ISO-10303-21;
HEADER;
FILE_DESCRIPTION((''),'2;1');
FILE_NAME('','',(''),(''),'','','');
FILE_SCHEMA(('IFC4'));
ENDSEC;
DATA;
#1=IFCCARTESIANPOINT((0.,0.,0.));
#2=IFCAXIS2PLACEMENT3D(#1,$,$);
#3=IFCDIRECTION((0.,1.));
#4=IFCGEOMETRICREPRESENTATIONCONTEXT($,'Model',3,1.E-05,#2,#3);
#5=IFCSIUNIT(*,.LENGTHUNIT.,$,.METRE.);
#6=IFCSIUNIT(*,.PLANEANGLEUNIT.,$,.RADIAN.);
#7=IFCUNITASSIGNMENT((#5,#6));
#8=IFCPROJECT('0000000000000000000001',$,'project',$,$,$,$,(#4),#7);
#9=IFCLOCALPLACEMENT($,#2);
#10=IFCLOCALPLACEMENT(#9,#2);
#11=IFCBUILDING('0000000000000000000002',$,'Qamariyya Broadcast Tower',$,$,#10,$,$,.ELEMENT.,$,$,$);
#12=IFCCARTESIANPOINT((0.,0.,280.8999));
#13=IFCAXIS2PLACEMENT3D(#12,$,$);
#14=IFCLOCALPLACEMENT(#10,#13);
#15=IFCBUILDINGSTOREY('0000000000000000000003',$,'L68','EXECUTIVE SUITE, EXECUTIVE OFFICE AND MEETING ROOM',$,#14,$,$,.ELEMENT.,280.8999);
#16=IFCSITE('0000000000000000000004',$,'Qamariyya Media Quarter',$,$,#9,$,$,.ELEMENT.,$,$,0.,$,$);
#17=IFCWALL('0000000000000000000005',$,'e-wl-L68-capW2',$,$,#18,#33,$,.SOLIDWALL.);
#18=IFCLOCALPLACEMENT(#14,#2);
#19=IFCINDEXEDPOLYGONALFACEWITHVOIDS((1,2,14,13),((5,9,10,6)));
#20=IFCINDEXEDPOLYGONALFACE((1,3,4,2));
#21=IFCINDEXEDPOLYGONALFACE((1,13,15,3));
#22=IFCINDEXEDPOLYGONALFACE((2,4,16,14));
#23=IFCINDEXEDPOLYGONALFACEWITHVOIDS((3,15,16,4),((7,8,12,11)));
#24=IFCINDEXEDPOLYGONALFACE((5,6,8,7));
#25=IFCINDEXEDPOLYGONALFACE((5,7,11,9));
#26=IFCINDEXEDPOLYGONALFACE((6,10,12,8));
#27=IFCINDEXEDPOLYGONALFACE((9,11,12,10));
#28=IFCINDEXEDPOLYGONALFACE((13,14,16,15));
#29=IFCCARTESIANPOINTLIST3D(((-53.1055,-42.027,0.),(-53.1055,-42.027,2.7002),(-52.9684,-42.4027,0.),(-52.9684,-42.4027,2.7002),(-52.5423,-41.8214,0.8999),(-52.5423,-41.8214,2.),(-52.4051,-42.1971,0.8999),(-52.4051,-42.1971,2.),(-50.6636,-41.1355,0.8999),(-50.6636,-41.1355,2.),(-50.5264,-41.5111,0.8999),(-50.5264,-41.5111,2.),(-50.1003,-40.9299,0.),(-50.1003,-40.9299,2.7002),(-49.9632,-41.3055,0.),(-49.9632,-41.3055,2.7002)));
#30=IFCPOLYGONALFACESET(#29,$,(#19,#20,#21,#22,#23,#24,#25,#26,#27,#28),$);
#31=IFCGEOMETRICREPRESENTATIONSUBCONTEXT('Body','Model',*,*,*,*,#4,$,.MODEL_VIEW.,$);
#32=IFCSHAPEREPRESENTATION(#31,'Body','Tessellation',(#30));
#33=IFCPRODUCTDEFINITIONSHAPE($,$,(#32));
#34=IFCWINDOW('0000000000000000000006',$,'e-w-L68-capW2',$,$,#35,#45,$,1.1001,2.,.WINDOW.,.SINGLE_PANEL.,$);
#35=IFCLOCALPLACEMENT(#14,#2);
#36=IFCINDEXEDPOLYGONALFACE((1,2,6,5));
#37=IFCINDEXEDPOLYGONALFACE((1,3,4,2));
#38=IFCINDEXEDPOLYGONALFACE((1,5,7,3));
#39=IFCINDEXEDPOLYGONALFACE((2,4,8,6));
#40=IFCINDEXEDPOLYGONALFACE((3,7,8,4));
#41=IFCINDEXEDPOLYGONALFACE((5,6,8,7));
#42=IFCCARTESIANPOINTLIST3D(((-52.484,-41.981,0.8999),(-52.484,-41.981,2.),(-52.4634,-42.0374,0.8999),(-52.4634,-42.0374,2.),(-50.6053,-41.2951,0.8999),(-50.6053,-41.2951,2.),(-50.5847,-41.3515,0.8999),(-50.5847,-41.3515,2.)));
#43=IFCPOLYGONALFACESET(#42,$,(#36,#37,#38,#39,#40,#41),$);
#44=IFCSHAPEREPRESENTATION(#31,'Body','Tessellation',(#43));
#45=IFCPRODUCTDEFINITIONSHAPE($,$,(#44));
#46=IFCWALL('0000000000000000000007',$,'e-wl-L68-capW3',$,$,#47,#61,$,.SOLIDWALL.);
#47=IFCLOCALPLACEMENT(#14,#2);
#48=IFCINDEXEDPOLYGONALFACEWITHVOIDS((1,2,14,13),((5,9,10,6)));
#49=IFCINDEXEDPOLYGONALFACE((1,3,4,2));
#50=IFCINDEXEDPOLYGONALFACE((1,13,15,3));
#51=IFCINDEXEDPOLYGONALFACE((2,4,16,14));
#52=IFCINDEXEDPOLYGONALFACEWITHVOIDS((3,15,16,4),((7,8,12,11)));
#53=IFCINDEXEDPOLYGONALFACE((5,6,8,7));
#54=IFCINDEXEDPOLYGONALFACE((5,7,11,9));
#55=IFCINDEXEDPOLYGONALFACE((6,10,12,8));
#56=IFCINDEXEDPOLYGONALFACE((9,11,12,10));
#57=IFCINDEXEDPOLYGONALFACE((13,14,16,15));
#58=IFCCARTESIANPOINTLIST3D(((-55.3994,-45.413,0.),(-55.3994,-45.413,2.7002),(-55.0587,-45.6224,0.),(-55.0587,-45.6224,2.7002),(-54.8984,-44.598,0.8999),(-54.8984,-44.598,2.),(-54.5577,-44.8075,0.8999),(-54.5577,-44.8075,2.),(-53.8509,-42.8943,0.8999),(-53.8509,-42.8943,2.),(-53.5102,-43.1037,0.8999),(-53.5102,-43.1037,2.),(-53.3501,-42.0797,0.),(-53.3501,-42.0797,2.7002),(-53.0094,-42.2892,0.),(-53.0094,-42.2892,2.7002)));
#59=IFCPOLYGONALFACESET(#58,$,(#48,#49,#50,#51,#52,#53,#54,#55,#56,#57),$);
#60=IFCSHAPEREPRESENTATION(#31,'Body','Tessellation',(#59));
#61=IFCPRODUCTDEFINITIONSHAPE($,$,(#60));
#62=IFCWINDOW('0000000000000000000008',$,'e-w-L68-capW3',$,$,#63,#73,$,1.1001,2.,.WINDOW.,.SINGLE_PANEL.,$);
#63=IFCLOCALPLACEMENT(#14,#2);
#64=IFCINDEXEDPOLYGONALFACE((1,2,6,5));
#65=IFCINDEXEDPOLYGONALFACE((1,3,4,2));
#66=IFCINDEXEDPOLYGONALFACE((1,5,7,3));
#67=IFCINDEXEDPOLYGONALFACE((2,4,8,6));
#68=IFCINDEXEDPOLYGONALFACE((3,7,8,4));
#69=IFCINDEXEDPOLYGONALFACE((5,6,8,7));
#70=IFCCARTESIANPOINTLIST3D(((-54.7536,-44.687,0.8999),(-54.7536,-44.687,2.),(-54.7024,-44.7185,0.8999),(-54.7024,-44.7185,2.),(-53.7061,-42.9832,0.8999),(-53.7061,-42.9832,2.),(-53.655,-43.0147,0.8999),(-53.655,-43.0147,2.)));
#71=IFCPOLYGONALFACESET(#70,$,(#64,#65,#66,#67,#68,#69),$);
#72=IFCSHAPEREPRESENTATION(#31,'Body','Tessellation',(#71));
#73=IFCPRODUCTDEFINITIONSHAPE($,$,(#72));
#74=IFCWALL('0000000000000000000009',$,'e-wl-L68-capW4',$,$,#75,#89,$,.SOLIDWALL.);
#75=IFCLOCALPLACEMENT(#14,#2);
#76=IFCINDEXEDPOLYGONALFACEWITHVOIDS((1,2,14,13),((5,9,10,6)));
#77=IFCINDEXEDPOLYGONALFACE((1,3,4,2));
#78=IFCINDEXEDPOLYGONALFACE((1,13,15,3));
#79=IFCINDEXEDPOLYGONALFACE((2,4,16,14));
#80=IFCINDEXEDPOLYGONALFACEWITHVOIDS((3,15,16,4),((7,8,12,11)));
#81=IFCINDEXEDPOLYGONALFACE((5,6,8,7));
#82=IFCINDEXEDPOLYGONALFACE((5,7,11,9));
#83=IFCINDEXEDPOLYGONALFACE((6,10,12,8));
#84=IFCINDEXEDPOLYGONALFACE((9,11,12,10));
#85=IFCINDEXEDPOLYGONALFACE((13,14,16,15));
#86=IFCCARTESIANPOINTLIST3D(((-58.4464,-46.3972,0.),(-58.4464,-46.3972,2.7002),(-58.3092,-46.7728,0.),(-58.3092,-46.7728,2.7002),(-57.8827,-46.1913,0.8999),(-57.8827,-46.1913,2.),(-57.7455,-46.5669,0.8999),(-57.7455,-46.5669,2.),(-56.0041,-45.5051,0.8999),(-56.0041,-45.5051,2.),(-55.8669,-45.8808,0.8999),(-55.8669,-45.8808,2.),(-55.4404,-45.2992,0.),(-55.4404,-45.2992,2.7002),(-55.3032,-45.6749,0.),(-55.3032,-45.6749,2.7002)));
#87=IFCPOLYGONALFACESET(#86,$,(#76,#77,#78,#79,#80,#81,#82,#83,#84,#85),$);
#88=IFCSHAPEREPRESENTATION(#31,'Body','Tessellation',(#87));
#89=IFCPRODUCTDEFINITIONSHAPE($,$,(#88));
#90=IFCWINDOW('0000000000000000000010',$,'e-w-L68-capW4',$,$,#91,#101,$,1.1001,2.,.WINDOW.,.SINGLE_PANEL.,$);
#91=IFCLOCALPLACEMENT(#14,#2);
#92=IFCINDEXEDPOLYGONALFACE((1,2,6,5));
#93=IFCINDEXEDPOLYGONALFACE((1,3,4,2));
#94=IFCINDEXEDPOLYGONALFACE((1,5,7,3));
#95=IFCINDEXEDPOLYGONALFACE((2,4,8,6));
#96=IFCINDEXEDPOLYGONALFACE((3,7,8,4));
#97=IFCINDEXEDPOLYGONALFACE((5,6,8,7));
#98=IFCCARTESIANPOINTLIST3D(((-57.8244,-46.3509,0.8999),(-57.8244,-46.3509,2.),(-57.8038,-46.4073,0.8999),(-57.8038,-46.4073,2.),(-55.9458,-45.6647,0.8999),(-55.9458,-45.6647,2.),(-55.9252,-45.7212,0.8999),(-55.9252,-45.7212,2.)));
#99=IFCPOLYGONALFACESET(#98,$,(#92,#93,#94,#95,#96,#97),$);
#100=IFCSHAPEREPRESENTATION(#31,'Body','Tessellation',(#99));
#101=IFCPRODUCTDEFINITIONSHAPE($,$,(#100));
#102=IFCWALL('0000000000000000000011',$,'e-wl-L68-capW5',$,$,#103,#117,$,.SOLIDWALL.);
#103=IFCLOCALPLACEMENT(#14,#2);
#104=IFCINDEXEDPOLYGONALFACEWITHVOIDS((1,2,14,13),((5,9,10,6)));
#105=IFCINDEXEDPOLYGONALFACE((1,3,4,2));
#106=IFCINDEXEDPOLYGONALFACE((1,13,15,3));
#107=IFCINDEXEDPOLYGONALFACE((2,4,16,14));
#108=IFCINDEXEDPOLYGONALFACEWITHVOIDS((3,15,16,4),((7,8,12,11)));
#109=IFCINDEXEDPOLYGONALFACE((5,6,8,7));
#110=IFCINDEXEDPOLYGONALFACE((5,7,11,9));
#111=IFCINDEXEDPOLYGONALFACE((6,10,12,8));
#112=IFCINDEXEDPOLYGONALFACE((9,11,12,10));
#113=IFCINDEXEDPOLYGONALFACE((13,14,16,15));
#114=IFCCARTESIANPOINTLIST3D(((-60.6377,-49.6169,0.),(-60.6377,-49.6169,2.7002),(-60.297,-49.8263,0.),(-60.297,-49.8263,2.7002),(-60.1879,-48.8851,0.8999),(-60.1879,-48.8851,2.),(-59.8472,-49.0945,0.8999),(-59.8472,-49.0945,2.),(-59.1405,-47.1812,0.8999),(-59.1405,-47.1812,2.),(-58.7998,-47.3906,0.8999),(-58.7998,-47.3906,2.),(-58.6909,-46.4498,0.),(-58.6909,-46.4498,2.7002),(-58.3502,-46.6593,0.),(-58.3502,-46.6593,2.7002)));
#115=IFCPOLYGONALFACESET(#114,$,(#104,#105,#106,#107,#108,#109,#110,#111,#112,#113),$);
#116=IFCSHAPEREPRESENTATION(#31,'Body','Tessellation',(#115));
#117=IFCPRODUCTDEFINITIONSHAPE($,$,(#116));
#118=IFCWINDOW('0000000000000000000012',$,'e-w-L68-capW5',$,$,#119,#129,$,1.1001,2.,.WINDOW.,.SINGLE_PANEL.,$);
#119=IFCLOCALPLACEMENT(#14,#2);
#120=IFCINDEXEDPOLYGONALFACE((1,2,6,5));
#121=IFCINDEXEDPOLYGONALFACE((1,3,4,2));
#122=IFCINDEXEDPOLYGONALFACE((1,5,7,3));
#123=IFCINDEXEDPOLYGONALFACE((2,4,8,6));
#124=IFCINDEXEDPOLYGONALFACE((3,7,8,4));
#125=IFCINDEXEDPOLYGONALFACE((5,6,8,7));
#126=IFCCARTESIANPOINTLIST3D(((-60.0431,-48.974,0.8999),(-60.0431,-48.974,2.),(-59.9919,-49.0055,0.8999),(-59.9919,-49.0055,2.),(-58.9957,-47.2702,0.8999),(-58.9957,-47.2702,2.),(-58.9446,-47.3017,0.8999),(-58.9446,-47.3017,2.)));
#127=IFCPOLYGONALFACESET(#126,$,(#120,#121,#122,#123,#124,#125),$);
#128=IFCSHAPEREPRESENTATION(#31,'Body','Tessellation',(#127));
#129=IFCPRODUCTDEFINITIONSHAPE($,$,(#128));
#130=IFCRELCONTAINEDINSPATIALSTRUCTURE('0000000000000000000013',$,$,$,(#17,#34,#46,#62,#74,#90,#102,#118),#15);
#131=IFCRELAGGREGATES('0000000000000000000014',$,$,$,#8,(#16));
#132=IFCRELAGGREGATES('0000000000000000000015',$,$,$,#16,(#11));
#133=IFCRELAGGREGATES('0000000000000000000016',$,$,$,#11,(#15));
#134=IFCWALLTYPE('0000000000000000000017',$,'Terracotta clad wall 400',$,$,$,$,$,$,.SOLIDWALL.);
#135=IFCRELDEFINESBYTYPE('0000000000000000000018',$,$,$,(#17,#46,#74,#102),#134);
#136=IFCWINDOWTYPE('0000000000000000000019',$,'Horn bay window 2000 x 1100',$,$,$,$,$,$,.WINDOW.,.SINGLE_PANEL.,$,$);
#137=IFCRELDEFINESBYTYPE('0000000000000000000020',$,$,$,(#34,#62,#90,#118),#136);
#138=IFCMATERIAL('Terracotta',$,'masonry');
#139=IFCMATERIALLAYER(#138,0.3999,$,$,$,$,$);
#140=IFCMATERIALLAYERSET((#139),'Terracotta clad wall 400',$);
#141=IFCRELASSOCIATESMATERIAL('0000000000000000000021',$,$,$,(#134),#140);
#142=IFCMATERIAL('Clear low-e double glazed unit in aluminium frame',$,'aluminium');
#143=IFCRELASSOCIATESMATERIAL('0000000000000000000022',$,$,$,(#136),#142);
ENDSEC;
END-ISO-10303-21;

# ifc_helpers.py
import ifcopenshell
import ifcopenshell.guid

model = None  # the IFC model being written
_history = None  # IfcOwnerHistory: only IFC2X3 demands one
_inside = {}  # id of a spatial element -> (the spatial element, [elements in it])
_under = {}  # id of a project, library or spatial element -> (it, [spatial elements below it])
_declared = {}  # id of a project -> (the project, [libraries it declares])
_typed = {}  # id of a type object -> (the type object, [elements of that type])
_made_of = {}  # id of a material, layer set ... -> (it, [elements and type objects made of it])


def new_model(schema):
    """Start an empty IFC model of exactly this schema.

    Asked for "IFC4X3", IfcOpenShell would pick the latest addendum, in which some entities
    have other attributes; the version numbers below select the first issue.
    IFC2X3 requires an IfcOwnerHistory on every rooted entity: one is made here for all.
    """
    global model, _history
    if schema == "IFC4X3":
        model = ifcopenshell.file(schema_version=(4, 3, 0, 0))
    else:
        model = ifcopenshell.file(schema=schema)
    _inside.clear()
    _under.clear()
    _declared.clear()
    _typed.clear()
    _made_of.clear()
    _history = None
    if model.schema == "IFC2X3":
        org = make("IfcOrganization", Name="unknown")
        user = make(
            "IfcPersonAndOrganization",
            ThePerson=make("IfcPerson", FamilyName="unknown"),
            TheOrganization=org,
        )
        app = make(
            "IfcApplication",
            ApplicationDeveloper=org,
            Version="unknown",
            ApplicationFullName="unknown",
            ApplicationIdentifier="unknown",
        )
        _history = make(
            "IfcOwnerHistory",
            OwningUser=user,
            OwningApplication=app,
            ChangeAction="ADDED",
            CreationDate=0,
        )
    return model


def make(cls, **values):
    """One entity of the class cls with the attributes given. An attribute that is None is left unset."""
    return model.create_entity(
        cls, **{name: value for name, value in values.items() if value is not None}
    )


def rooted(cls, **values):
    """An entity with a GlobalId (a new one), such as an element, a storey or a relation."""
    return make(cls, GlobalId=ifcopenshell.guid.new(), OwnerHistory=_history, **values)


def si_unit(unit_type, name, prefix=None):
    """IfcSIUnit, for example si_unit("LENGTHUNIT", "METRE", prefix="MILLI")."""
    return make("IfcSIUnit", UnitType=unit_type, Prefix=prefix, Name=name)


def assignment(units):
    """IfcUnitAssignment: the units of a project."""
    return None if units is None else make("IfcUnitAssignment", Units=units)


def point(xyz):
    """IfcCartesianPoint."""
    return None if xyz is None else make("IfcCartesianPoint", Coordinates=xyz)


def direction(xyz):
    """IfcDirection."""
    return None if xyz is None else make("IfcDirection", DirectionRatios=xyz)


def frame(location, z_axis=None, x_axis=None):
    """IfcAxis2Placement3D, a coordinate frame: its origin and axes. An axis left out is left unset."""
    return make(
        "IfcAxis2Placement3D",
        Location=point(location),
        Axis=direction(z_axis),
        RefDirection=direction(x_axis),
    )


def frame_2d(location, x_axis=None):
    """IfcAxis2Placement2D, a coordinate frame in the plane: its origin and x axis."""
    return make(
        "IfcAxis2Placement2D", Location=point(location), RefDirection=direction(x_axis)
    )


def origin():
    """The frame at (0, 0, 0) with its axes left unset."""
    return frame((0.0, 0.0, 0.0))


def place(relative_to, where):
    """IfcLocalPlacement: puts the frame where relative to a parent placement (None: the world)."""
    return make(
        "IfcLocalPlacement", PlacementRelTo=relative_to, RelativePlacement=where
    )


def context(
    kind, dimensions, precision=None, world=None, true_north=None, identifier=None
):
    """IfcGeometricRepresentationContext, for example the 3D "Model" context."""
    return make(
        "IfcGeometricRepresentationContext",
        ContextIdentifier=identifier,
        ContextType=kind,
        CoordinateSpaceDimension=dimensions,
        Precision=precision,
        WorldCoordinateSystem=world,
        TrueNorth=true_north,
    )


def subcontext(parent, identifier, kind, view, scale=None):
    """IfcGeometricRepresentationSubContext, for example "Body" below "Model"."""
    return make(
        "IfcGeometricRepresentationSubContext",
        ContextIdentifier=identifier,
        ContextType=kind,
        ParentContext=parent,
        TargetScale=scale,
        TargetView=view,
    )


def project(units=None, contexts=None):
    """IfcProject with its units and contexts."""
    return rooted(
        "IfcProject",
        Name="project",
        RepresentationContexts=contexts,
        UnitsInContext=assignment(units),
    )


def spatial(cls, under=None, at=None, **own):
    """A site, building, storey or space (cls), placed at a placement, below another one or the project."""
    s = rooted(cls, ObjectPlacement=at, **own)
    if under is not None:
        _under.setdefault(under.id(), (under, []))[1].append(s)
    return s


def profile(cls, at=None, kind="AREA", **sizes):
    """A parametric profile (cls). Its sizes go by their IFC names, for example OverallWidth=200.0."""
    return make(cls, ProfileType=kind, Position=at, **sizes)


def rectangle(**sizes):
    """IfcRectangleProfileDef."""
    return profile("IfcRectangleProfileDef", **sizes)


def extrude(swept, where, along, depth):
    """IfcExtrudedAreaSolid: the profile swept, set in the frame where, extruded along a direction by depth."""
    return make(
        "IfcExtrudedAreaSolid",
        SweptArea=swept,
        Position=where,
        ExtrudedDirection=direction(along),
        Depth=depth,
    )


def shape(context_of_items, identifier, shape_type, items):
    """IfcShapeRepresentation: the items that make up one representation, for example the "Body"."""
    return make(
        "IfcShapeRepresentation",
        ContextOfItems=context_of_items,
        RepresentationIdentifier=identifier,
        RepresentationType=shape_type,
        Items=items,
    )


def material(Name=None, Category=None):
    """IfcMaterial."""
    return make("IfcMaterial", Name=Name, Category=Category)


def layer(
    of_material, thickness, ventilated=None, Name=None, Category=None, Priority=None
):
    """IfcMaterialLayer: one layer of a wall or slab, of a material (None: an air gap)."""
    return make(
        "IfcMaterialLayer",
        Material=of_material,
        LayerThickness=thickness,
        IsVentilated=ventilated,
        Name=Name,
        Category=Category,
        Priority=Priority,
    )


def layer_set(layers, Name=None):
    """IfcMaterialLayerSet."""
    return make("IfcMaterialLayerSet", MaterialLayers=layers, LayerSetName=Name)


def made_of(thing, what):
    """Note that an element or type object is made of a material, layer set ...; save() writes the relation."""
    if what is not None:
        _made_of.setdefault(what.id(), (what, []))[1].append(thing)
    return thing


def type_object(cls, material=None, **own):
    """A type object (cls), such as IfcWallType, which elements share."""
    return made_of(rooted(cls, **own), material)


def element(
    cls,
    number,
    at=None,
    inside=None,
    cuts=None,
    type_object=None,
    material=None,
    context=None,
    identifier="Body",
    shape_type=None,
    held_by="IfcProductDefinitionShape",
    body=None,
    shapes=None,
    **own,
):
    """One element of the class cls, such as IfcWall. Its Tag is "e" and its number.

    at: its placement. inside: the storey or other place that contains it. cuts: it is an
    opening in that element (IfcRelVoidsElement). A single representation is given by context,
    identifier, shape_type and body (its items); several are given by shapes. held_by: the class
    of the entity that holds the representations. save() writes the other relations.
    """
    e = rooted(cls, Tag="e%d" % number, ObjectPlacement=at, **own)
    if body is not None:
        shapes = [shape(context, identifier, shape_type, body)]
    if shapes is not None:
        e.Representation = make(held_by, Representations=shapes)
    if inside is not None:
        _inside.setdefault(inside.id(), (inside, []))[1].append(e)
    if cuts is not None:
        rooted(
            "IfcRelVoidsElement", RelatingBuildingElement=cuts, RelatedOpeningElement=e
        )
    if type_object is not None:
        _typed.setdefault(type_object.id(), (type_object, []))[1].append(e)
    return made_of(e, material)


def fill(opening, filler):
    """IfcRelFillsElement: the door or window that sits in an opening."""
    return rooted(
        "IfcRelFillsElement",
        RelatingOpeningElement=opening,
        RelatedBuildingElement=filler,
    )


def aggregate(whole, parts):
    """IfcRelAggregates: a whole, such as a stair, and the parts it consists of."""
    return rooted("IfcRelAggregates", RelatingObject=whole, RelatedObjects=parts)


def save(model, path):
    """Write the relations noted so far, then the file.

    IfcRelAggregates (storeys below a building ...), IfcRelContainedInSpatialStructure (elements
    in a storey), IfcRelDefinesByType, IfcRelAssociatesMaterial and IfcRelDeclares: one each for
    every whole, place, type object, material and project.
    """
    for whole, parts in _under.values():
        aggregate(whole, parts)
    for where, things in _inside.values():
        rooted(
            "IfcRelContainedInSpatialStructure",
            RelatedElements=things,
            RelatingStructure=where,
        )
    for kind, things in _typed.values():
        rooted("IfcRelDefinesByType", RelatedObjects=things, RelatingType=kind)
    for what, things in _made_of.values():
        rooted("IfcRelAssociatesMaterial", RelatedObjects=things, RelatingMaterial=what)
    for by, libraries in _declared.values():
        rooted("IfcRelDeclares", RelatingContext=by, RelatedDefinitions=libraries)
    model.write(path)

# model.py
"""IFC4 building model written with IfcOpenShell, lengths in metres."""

from ifc_helpers import new_model, si_unit, direction, frame, frame_2d, origin, place, context, subcontext, project, spatial, rectangle, extrude, material, layer, layer_set, type_object, element, fill, save


model = new_model("IFC4")

# Units and contexts
model_context = context("Model", 3, precision=1e-05, world=origin(), true_north=direction((0.0, 1.0)))
body_context = subcontext(model_context, "Body", "Model", "MODEL_VIEW")
ifc_project = project(units=[si_unit("LENGTHUNIT", "METRE"), si_unit("PLANEANGLEUNIT", "RADIAN")], contexts=[model_context])

# Site, building, storey
site_placement = place(None, origin())
site = spatial("IfcSite", under=ifc_project, at=site_placement, Name="Qamariyya Media Quarter", CompositionType="ELEMENT", RefElevation=0.0)
building_placement = place(site_placement, origin())
building = spatial("IfcBuilding", under=site, at=building_placement, Name="Qamariyya Broadcast Tower", CompositionType="ELEMENT")
storey_placement = place(building_placement, frame((0.0, 0.0, 280.8999)))
storey = spatial("IfcBuildingStorey", under=building, at=storey_placement, Name="L68", Description="EXECUTIVE SUITE, EXECUTIVE OFFICE AND MEETING ROOM", CompositionType="ELEMENT", Elevation=280.8999)

# Walls, openings, windows
ifc_material_1 = material(Name="Terracotta", Category="masonry")
ifc_layer_1 = layer(ifc_material_1, 0.3999)
ifc_layer_set_1 = layer_set([ifc_layer_1], Name="Terracotta clad wall 400")
wall_type_1 = type_object("IfcWallType", Name="Terracotta clad wall 400", PredefinedType="SOLIDWALL", material=ifc_layer_set_1)
ifc_material_2 = material(Name="Clear low-e double glazed unit in aluminium frame", Category="aluminium")
window_type = type_object("IfcWindowType", Name="Horn bay window 2000 x 1100", PartitioningType="SINGLE_PANEL", PredefinedType="WINDOW", material=ifc_material_2)
wall_1_placement = place(storey_placement, frame((-50.0317, -41.1177, 0.0), z_axis=(0.0, 0.0, 1.0), x_axis=(-0.939351, -0.342956, 0.0)))
wall_1 = element("IfcWall", 1, at=wall_1_placement, inside=storey, type_object=wall_type_1, Name="e-wl-L68-capW2", PredefinedType="SOLIDWALL", context=body_context, shape_type="SweptSolid", body=[
    extrude(rectangle(XDim=3.1992, YDim=0.3999, at=frame_2d((1.5996, 0.0))), origin(), (0.0, 0.0, 1.0), 2.7002),
])
opening_1_placement = place(wall_1_placement, frame((0.5996, 0.0, 0.8999)))
opening_1 = element("IfcOpeningElement", 2, at=opening_1_placement, cuts=wall_1, PredefinedType="OPENING", context=body_context, shape_type="SweptSolid", body=[
    extrude(rectangle(XDim=2.0, YDim=1.1001, at=frame_2d((1.0, 0.55))), frame((0.0, 0.21, 0.0), z_axis=(0.0, -1.0, 0.0), x_axis=(1.0, 0.0, 0.0)), (0.0, 0.0, 1.0), 0.4199),
])
window_1_placement = place(opening_1_placement, origin())
window_1 = element("IfcWindow", 3, at=window_1_placement, inside=storey, type_object=window_type, Name="e-w-L68-capW2", OverallHeight=1.1001, OverallWidth=2.0, PartitioningType="SINGLE_PANEL", PredefinedType="WINDOW", context=body_context, shape_type="SweptSolid", body=[
    extrude(rectangle(XDim=2.0, YDim=1.1001, at=frame_2d((1.0, 0.55))), frame((0.0, 0.03, 0.0), z_axis=(0.0, -1.0, 0.0), x_axis=(1.0, 0.0, 0.0)), (0.0, 0.0, 1.0), 0.0601),
])
fill(opening_1, window_1)
wall_2_placement = place(storey_placement, frame((-53.1797, -42.1843, 0.0), z_axis=(0.0, 0.0, 1.0), x_axis=(-0.523742, -0.851877, 0.0)))
wall_2 = element("IfcWall", 4, at=wall_2_placement, inside=storey, type_object=wall_type_1, Name="e-wl-L68-capW3", PredefinedType="SOLIDWALL", context=body_context, shape_type="SweptSolid", body=[
    extrude(rectangle(XDim=3.9128, YDim=0.3999, at=frame_2d((1.9565, 0.0))), origin(), (0.0, 0.0, 1.0), 2.7002),
])
opening_2_placement = place(wall_2_placement, frame((0.9563, 0.0, 0.8999)))
opening_2 = element("IfcOpeningElement", 5, at=opening_2_placement, cuts=wall_2, PredefinedType="OPENING", context=body_context, shape_type="SweptSolid", body=[
    extrude(rectangle(XDim=2.0, YDim=1.1001, at=frame_2d((1.0, 0.55))), frame((0.0, 0.21, 0.0), z_axis=(0.0, -1.0, 0.0), x_axis=(1.0, 0.0, 0.0)), (0.0, 0.0, 1.0), 0.4199),
])
window_2_placement = place(opening_2_placement, origin())
window_2 = element("IfcWindow", 6, at=window_2_placement, inside=storey, type_object=window_type, Name="e-w-L68-capW3", OverallHeight=1.1001, OverallWidth=2.0, PartitioningType="SINGLE_PANEL", PredefinedType="WINDOW", context=body_context, shape_type="SweptSolid", body=[
    extrude(rectangle(XDim=2.0, YDim=1.1001, at=frame_2d((1.0, 0.55))), frame((0.0, 0.03, 0.0), z_axis=(0.0, -1.0, 0.0), x_axis=(1.0, 0.0, 0.0)), (0.0, 0.0, 1.0), 0.0601),
])
fill(opening_2, window_2)
wall_3_placement = place(storey_placement, frame((-55.3718, -45.4871, 0.0), z_axis=(0.0, 0.0, 1.0), x_axis=(-0.939305, -0.343084, 0.0)))
wall_3 = element("IfcWall", 7, at=wall_3_placement, inside=storey, type_object=wall_type_1, Name="e-wl-L68-capW4", PredefinedType="SOLIDWALL", context=body_context, shape_type="SweptSolid", body=[
    extrude(rectangle(XDim=3.2002, YDim=0.3999, at=frame_2d((1.6001, 0.0))), origin(), (0.0, 0.0, 1.0), 2.7002),
])
opening_3_placement = place(wall_3_placement, frame((0.6001, 0.0, 0.8999)))
opening_3 = element("IfcOpeningElement", 8, at=opening_3_placement, cuts=wall_3, PredefinedType="OPENING", context=body_context, shape_type="SweptSolid", body=[
    extrude(rectangle(XDim=2.0, YDim=1.1001, at=frame_2d((1.0, 0.55))), frame((0.0, 0.21, 0.0), z_axis=(0.0, -1.0, 0.0), x_axis=(1.0, 0.0, 0.0)), (0.0, 0.0, 1.0), 0.4199),
])
window_3_placement = place(opening_3_placement, origin())
window_3 = element("IfcWindow", 9, at=window_3_placement, inside=storey, type_object=window_type, Name="e-w-L68-capW4", OverallHeight=1.1001, OverallWidth=2.0, PartitioningType="SINGLE_PANEL", PredefinedType="WINDOW", context=body_context, shape_type="SweptSolid", body=[
    extrude(rectangle(XDim=2.0, YDim=1.1001, at=frame_2d((1.0, 0.55))), frame((0.0, 0.03, 0.0), z_axis=(0.0, -1.0, 0.0), x_axis=(1.0, 0.0, 0.0)), (0.0, 0.0, 1.0), 0.0601),
])
fill(opening_3, window_3)
wall_4_placement = place(storey_placement, frame((-58.5205, -46.5544, 0.0), z_axis=(0.0, 0.0, 1.0), x_axis=(-0.52368, -0.851915, 0.0)))
wall_4 = element("IfcWall", 10, at=wall_4_placement, inside=storey, type_object=wall_type_1, Name="e-wl-L68-capW5", PredefinedType="SOLIDWALL", context=body_context, shape_type="SweptSolid", body=[
    extrude(rectangle(XDim=3.7175, YDim=0.3999, at=frame_2d((1.8589, 0.0))), origin(), (0.0, 0.0, 1.0), 2.7002),
])
opening_4_placement = place(wall_4_placement, frame((0.8586, 0.0, 0.8999)))
opening_4 = element("IfcOpeningElement", 11, at=opening_4_placement, cuts=wall_4, PredefinedType="OPENING", context=body_context, shape_type="SweptSolid", body=[
    extrude(rectangle(XDim=2.0, YDim=1.1001, at=frame_2d((1.0, 0.55))), frame((0.0, 0.21, 0.0), z_axis=(0.0, -1.0, 0.0), x_axis=(1.0, 0.0, 0.0)), (0.0, 0.0, 1.0), 0.4199),
])
window_4_placement = place(opening_4_placement, origin())
window_4 = element("IfcWindow", 12, at=window_4_placement, inside=storey, type_object=window_type, Name="e-w-L68-capW5", OverallHeight=1.1001, OverallWidth=2.0, PartitioningType="SINGLE_PANEL", PredefinedType="WINDOW", context=body_context, shape_type="SweptSolid", body=[
    extrude(rectangle(XDim=2.0, YDim=1.1001, at=frame_2d((1.0, 0.55))), frame((0.0, 0.03, 0.0), z_axis=(0.0, -1.0, 0.0), x_axis=(1.0, 0.0, 0.0)), (0.0, 0.0, 1.0), 0.0601),
])
fill(opening_4, window_4)

save(model, "model.ifc")
